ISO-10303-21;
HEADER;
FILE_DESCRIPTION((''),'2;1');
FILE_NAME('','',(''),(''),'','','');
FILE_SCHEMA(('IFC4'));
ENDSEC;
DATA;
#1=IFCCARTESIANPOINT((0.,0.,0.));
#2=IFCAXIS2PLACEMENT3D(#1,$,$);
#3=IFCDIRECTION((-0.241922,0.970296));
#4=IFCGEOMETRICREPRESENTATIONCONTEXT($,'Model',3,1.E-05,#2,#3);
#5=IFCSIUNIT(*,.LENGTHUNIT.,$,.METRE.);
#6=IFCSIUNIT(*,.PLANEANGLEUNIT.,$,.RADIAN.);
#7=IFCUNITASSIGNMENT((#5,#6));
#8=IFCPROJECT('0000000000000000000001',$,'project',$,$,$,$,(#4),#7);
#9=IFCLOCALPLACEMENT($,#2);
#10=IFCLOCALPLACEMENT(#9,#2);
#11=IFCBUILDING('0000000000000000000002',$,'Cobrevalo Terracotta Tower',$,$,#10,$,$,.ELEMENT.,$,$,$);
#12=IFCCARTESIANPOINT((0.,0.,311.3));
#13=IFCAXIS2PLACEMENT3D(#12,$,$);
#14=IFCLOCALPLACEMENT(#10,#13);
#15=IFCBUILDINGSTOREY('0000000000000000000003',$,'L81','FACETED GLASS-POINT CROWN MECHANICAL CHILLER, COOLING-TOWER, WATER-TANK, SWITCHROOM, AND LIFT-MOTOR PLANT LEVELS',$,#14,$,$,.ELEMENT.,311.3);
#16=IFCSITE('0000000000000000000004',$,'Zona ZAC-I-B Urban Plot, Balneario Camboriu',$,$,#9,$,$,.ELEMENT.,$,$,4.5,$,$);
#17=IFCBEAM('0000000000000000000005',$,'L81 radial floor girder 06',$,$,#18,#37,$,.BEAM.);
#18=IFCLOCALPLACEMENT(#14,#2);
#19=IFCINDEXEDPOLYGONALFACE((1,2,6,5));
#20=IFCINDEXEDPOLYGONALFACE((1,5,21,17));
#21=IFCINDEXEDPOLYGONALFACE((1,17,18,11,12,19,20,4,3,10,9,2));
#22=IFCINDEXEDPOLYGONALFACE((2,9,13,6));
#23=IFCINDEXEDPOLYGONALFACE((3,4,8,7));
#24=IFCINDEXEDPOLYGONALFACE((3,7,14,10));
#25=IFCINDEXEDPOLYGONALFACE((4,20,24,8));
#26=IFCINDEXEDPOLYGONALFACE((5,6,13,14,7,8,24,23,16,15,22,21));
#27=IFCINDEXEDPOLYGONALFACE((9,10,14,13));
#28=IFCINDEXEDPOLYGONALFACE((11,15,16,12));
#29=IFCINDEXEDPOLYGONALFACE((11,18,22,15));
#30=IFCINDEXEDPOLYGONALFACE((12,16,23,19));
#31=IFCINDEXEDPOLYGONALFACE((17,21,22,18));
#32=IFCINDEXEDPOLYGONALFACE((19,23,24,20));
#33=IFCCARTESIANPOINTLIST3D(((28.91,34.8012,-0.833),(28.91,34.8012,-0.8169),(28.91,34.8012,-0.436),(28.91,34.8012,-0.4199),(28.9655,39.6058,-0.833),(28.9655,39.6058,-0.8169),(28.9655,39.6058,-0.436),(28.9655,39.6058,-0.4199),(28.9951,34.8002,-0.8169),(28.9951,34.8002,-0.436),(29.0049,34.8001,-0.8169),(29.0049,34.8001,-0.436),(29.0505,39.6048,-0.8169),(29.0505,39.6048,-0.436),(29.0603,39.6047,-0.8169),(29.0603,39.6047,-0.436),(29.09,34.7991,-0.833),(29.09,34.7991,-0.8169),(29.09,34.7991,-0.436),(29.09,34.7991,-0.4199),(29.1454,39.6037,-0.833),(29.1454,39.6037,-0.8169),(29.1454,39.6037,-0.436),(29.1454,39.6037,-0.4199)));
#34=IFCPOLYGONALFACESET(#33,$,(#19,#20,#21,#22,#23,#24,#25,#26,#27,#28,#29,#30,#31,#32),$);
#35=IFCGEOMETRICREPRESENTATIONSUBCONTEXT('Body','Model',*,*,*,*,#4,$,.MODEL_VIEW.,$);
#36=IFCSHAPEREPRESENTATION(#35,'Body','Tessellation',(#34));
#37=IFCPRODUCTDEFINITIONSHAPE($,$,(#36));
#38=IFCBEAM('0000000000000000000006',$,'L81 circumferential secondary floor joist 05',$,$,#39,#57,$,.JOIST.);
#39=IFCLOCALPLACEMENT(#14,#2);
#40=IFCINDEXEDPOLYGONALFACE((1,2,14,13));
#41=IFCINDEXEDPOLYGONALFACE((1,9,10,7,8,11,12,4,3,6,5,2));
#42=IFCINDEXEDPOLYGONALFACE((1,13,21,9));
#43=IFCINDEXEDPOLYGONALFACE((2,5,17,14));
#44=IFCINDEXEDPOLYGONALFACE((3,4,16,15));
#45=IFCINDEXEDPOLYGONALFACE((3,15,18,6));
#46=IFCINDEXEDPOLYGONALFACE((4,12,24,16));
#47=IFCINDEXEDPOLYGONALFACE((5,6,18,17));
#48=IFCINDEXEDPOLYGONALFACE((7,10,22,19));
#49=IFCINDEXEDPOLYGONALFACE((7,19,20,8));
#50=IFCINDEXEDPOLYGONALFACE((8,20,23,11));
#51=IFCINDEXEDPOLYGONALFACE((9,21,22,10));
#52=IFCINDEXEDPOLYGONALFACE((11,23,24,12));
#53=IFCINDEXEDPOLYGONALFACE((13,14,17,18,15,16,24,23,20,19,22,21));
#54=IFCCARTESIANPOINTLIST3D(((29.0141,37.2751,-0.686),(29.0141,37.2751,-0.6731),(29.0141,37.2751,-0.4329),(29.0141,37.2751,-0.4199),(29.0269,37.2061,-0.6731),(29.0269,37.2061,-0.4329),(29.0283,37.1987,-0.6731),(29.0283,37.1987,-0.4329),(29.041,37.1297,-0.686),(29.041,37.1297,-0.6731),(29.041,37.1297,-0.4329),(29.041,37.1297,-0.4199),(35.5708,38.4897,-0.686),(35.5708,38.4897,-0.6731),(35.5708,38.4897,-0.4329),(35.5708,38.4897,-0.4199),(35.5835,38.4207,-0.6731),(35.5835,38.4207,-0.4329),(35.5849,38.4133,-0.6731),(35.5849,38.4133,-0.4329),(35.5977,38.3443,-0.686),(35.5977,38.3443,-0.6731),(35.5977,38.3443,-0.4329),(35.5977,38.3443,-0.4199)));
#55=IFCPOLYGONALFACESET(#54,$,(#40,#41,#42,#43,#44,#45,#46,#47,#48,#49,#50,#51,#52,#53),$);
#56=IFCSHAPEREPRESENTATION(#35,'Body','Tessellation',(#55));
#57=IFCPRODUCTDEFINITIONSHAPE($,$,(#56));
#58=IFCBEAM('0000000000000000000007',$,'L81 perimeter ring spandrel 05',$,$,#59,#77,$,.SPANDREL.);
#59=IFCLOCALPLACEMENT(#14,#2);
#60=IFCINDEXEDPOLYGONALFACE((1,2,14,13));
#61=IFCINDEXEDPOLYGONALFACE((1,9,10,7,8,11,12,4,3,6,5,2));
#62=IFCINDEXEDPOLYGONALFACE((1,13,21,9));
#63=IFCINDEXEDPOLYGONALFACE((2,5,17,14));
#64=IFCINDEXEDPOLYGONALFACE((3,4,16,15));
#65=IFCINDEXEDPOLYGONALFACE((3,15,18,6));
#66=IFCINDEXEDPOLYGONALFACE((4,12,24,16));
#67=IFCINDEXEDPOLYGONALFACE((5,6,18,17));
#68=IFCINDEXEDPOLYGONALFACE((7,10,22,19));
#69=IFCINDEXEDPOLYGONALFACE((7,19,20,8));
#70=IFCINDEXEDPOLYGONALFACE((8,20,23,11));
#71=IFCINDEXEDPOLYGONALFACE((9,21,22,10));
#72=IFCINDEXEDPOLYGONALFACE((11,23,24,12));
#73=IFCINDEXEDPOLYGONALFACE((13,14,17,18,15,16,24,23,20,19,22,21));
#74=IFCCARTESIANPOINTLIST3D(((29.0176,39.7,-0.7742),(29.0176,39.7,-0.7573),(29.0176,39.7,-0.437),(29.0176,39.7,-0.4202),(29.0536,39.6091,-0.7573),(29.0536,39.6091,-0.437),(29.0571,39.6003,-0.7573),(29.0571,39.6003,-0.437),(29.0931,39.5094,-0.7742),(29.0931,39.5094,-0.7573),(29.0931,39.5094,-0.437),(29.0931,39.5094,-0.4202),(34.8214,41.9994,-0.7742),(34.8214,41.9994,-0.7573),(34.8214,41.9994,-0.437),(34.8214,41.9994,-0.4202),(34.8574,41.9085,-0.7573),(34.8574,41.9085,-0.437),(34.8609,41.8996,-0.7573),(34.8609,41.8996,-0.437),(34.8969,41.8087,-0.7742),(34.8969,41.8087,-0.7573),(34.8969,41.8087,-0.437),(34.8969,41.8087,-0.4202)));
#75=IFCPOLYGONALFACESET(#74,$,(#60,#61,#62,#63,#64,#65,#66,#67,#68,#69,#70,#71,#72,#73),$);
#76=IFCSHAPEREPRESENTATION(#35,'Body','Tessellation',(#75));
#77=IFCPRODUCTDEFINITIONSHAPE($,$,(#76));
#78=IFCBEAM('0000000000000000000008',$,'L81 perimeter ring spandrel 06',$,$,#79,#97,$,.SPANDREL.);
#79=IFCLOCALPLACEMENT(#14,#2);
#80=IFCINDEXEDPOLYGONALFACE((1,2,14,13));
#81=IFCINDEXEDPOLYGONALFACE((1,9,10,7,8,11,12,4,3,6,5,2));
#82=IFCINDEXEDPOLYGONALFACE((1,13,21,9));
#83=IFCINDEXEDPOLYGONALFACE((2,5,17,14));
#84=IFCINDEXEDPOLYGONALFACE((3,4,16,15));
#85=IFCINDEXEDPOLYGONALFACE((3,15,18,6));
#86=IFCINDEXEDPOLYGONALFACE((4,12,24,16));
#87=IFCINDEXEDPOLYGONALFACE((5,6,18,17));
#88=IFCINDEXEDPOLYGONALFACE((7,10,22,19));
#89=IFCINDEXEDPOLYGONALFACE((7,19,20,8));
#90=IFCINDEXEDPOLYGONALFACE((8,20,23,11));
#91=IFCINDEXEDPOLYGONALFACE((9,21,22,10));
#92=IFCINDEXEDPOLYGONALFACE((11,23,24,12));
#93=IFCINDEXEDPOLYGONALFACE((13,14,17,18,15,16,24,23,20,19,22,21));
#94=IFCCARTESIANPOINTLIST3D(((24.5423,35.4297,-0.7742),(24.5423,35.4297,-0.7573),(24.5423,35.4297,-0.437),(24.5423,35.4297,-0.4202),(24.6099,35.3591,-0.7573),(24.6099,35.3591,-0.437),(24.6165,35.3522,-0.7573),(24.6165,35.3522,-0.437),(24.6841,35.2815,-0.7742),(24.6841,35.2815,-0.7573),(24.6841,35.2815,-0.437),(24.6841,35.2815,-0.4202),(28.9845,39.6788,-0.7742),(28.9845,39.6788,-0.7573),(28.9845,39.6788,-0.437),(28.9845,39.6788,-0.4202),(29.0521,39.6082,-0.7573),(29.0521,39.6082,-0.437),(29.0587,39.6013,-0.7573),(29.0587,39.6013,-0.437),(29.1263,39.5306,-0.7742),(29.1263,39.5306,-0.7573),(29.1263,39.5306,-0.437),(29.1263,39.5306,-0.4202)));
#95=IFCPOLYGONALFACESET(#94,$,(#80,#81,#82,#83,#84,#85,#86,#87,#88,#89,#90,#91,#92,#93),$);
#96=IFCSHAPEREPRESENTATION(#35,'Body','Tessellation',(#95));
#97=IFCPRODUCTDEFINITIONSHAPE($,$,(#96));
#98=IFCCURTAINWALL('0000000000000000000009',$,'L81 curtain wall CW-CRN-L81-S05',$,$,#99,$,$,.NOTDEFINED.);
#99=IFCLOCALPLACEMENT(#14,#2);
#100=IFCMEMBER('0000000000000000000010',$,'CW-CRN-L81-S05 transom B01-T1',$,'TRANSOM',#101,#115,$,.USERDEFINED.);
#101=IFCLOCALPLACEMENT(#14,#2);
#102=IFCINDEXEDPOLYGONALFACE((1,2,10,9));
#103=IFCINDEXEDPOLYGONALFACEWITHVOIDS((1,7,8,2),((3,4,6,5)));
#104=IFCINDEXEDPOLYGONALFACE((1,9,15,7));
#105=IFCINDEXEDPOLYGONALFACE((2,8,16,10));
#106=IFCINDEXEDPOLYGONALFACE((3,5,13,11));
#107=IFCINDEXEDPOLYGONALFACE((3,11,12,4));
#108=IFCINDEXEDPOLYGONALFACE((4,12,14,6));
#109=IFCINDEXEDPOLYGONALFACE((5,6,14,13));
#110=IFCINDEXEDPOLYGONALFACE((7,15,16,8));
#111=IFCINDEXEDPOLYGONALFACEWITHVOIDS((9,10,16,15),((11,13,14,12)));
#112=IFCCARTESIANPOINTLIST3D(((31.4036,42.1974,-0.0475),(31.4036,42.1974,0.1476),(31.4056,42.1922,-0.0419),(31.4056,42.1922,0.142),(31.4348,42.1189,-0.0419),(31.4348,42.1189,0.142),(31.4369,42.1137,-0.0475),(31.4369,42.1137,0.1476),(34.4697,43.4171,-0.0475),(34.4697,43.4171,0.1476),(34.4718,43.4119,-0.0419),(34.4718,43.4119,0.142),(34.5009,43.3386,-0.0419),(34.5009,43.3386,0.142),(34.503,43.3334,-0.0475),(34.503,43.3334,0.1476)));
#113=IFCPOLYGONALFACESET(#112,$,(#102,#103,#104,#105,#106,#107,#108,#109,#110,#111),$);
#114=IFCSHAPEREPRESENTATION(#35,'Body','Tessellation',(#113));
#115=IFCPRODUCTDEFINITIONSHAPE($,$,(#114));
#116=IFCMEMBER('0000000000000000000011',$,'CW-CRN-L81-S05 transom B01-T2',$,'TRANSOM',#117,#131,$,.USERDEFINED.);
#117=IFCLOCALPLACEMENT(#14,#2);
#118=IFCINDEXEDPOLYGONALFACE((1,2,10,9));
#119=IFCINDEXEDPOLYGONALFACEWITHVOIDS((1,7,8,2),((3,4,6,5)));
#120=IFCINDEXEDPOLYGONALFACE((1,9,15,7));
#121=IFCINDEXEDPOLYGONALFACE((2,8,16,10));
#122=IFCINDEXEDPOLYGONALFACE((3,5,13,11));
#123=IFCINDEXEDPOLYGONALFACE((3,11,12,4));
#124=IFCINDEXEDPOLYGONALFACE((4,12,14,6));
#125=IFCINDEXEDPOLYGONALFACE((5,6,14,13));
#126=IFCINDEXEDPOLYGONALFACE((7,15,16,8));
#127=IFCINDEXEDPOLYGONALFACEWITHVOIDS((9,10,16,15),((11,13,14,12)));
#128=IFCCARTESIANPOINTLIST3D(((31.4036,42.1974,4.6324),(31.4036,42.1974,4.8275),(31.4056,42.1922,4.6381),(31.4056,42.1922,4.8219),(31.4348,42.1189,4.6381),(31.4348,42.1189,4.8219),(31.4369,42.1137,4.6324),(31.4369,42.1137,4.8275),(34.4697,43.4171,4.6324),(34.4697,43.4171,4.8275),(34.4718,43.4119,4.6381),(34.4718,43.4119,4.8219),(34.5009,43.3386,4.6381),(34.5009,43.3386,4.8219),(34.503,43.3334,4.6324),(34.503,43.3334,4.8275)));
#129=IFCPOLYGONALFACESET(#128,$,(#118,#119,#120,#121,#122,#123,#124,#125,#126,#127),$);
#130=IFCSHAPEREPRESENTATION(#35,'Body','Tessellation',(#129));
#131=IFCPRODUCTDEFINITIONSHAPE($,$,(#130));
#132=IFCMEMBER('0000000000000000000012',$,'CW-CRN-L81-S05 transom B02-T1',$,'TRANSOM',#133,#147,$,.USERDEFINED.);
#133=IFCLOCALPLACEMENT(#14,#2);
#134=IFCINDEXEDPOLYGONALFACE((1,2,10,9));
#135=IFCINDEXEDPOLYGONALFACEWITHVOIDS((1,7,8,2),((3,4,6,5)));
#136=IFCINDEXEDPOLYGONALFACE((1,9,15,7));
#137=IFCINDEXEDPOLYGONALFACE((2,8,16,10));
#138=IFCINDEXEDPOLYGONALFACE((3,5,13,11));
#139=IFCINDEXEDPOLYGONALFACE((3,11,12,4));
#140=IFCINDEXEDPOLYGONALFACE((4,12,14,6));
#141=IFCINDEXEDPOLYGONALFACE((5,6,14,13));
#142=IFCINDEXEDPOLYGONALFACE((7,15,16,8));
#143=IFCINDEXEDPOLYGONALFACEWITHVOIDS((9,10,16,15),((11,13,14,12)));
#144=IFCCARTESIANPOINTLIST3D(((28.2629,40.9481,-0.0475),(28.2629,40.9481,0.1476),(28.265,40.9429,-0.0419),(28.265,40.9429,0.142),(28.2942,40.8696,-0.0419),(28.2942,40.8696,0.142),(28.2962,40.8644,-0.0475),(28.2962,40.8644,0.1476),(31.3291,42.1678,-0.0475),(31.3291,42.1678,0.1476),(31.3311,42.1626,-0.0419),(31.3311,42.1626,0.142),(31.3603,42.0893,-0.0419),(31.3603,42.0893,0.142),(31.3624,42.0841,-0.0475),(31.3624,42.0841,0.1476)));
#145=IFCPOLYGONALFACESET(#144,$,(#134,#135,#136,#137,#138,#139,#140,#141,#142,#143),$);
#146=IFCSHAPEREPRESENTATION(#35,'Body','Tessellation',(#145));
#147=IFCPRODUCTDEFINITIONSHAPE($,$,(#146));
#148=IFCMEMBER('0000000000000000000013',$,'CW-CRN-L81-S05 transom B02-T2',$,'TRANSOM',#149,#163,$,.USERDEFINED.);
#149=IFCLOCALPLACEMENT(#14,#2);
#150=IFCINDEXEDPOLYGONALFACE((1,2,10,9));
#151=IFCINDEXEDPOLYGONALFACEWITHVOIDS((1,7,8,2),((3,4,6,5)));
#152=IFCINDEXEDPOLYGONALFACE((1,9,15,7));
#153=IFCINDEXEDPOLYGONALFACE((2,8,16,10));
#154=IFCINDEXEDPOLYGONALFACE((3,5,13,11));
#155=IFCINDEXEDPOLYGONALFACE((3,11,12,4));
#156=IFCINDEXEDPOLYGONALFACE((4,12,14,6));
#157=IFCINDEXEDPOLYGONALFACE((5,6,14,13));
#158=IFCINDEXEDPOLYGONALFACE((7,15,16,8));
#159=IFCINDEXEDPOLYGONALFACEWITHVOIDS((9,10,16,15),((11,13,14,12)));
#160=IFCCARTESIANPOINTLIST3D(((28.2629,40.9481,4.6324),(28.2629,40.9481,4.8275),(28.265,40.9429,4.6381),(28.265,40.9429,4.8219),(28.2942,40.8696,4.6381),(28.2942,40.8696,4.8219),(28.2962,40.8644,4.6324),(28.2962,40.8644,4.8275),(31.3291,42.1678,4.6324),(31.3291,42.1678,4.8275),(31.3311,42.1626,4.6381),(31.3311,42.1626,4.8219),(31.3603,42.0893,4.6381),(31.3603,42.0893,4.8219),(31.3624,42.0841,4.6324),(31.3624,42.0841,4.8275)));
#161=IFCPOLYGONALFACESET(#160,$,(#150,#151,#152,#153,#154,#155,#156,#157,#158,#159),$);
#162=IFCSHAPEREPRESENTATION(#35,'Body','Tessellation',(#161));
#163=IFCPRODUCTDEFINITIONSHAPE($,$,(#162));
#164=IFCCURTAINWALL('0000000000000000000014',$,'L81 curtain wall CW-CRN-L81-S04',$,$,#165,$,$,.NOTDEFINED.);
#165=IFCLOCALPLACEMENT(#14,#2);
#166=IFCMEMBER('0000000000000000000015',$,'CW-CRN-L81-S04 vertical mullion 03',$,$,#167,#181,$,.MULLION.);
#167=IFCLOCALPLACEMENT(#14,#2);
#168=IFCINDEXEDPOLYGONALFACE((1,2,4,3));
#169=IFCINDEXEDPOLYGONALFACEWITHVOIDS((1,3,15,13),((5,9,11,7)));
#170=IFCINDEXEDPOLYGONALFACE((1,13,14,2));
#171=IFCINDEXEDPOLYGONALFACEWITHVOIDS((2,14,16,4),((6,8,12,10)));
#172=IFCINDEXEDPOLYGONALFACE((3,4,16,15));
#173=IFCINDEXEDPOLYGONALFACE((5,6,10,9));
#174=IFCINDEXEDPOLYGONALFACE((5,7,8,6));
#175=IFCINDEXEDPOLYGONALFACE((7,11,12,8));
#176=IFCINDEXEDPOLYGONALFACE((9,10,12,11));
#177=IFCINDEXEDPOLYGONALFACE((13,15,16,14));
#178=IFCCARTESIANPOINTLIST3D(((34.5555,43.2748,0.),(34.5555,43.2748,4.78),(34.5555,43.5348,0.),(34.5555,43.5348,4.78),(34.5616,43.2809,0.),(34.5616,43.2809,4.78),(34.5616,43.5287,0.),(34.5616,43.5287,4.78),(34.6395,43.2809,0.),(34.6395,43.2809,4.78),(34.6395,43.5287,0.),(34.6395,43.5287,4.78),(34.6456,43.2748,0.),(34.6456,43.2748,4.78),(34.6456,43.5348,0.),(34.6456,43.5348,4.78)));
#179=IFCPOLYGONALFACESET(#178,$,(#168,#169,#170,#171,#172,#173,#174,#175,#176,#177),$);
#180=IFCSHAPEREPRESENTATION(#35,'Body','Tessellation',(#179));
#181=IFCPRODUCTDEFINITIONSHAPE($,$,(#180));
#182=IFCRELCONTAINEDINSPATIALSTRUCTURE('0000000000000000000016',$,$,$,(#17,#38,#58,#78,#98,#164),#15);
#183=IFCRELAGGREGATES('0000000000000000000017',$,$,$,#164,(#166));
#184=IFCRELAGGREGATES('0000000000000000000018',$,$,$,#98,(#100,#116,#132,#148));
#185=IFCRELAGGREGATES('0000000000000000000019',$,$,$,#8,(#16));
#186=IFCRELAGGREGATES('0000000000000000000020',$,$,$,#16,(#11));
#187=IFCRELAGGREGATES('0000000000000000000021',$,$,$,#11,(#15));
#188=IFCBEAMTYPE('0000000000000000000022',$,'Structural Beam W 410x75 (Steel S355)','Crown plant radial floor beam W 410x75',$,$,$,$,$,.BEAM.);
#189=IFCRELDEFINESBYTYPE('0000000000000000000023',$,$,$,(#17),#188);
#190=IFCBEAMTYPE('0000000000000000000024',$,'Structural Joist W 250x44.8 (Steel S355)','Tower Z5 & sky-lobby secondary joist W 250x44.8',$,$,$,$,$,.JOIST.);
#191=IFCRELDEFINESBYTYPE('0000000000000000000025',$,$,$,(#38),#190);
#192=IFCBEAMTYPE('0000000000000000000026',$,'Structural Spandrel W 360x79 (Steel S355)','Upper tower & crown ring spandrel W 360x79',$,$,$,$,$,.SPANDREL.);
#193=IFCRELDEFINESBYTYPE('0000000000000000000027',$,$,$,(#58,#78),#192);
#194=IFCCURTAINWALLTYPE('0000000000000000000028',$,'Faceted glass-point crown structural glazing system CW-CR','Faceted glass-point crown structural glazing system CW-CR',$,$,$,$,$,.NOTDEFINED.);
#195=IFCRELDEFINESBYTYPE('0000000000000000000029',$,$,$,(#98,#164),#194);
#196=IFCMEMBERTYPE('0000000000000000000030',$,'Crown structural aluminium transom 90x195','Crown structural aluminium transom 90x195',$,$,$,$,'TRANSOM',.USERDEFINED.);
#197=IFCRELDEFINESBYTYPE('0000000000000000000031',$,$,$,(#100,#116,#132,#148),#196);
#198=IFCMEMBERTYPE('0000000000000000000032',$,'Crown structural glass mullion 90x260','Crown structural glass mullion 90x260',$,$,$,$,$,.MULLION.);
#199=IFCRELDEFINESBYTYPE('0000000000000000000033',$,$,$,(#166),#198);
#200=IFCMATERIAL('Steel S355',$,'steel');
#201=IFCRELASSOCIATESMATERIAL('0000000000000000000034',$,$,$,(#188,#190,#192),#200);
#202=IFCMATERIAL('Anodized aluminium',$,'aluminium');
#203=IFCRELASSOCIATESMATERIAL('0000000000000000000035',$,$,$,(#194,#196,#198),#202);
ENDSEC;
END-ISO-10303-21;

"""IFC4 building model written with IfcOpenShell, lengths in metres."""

from ifc_helpers import new_model, si_unit, direction, frame, origin, origin_2d, place, context, subcontext, project, spatial, hollow_rectangle, i_section, extrude, source, transform, mapped, material, material_profile, profile_set, type_object, element, aggregate, save


model = new_model("IFC4")

# Units and contexts
model_context = context("Model", 3, precision=1e-05, world=origin(), true_north=direction((-0.241922, 0.970296)))
body_context = subcontext(model_context, "Body", "Model", "MODEL_VIEW")
ifc_project = project(units=[si_unit("LENGTHUNIT", "METRE"), si_unit("PLANEANGLEUNIT", "RADIAN")], contexts=[model_context])

# Site, building, storey
site_placement = place(None, origin())
site = spatial("IfcSite", under=ifc_project, at=site_placement, Name="Zona ZAC-I-B Urban Plot, Balneario Camboriu", CompositionType="ELEMENT", RefElevation=4.5)
building_placement = place(site_placement, origin())
building = spatial("IfcBuilding", under=site, at=building_placement, Name="Cobrevalo Terracotta Tower", CompositionType="ELEMENT")
storey_placement = place(building_placement, frame((0.0, 0.0, 311.3)))
storey = spatial("IfcBuildingStorey", under=building, at=storey_placement, Name="L81", Description="FACETED GLASS-POINT CROWN MECHANICAL CHILLER, COOLING-TOWER, WATER-TANK, SWITCHROOM, AND LIFT-MOTOR PLANT LEVELS", CompositionType="ELEMENT", Elevation=311.3)

# Shared definitions
ifc_material_1 = material(Name="Steel S355", Category="steel")

# Beams
ifc_material_profile_1 = material_profile(ifc_material_1, i_section(OverallWidth=0.1799, OverallDepth=0.4131, WebThickness=0.0098, FlangeThickness=0.0161, at=origin_2d()), Name="W 410x75")
ifc_profile_set_1 = profile_set([ifc_material_profile_1], Name="Steel S355")
beam_type_1 = type_object("IfcBeamType", Name="Structural Beam W 410x75 (Steel S355)", Description="Crown plant radial floor beam W 410x75", PredefinedType="BEAM", material=ifc_profile_set_1)
beam_1_placement = place(storey_placement, frame((29.0554, 39.6047, -0.6265), z_axis=(-0.011534, -0.999933, 0.0), x_axis=(0.999933, -0.011534, 0.0)))
element("IfcBeam", 1, at=beam_1_placement, inside=storey, type_object=beam_type_1, Name="L81 radial floor girder 06", PredefinedType="BEAM", context=body_context, shape_type="SweptSolid", body=[
    extrude(i_section(OverallWidth=0.1799, OverallDepth=0.4131, WebThickness=0.0098, FlangeThickness=0.0161, at=origin_2d()), origin(), (0.0, 0.0, 1.0), 4.8049),
])
ifc_material_profile_2 = material_profile(ifc_material_1, i_section(OverallWidth=0.1479, OverallDepth=0.2661, WebThickness=0.0076, FlangeThickness=0.0129, at=origin_2d()), Name="W 250x44.8")
ifc_profile_set_2 = profile_set([ifc_material_profile_2], Name="Steel S355")
beam_type_2 = type_object("IfcBeamType", Name="Structural Joist W 250x44.8 (Steel S355)", Description="Tower Z5 & sky-lobby secondary joist W 250x44.8", PredefinedType="JOIST", material=ifc_profile_set_2)
beam_2_placement = place(storey_placement, frame((35.5842, 38.417, -0.553), z_axis=(-0.983271, -0.182148, 0.0), x_axis=(0.182148, -0.983271, 0.0)))
element("IfcBeam", 2, at=beam_2_placement, inside=storey, type_object=beam_type_2, Name="L81 circumferential secondary floor joist 05", PredefinedType="JOIST", context=body_context, shape_type="SweptSolid", body=[
    extrude(i_section(OverallWidth=0.1479, OverallDepth=0.2661, WebThickness=0.0076, FlangeThickness=0.0129, at=origin_2d()), origin(), (0.0, 0.0, 1.0), 6.6682),
])
ifc_material_profile_3 = material_profile(ifc_material_1, i_section(OverallWidth=0.2051, OverallDepth=0.354, WebThickness=0.0095, FlangeThickness=0.0168, at=origin_2d()), Name="W 360x79")
ifc_profile_set_3 = profile_set([ifc_material_profile_3], Name="Steel S355")
beam_type_3 = type_object("IfcBeamType", Name="Structural Spandrel W 360x79 (Steel S355)", Description="Upper tower & crown ring spandrel W 360x79", PredefinedType="SPANDREL", material=ifc_profile_set_3)
beam_3_placement = place(storey_placement, frame((34.8591, 41.9041, -0.5972), z_axis=(-0.929696, -0.368327, 0.0), x_axis=(0.368327, -0.929696, 0.0)))
element("IfcBeam", 3, at=beam_3_placement, inside=storey, type_object=beam_type_3, Name="L81 perimeter ring spandrel 05", PredefinedType="SPANDREL", context=body_context, shape_type="SweptSolid", body=[
    extrude(i_section(OverallWidth=0.2051, OverallDepth=0.354, WebThickness=0.0095, FlangeThickness=0.0168, at=origin_2d()), origin(), (0.0, 0.0, 1.0), 6.2427),
])
beam_4_placement = place(storey_placement, frame((29.0554, 39.6047, -0.5972), z_axis=(-0.72264, -0.691224, 0.0), x_axis=(0.691224, -0.72264, 0.0)))
element("IfcBeam", 4, at=beam_4_placement, inside=storey, type_object=beam_type_3, Name="L81 perimeter ring spandrel 06", PredefinedType="SPANDREL", context=body_context, shape_type="SweptSolid", body=[
    extrude(i_section(OverallWidth=0.2051, OverallDepth=0.354, WebThickness=0.0095, FlangeThickness=0.0168, at=origin_2d()), origin(), (0.0, 0.0, 1.0), 6.1472),
])

# Curtain wall, members
ifc_material_2 = material(Name="Anodized aluminium", Category="aluminium")
curtain_wall_type = type_object("IfcCurtainWallType", Name="Faceted glass-point crown structural glazing system CW-CR", Description="Faceted glass-point crown structural glazing system CW-CR", PredefinedType="NOTDEFINED", material=ifc_material_2)
curtain_wall_1_placement = place(storey_placement, origin())
curtain_wall_1 = element("IfcCurtainWall", 5, at=curtain_wall_1_placement, inside=storey, type_object=curtain_wall_type, Name="L81 curtain wall CW-CRN-L81-S05", PredefinedType="NOTDEFINED")
ifc_material_profile_4 = material_profile(ifc_material_2, hollow_rectangle(XDim=0.0901, YDim=0.1951, WallThickness=0.0056, at=origin_2d()), Name="CWT 90x195")
ifc_profile_set_4 = profile_set([ifc_material_profile_4], Name="Anodized aluminium")
member_type_1 = type_object("IfcMemberType", Name="Crown structural aluminium transom 90x195", Description="Crown structural aluminium transom 90x195", ElementType="TRANSOM", PredefinedType="USERDEFINED", material=ifc_profile_set_4)
shared_shape_1 = source(origin(), body_context, "Body", "SweptSolid", [
    extrude(hollow_rectangle(XDim=0.0901, YDim=0.1951, WallThickness=0.0056, at=origin_2d()), origin(), (0.0, 0.0, 1.0), 3.2998),
])
member_1_placement = place(storey_placement, frame((34.4863, 43.3752, 0.05), z_axis=(-0.929179, -0.36963, 0.0), x_axis=(0.36963, -0.929179, 0.0)))
member_1 = element("IfcMember", 6, at=member_1_placement, type_object=member_type_1, Name="CW-CRN-L81-S05 transom B01-T1", ObjectType="TRANSOM", PredefinedType="USERDEFINED", context=body_context, shape_type="MappedRepresentation", body=[
    mapped(shared_shape_1, transform((0.0, 0.0, 0.0), scale=1.0)),
])
member_2_placement = place(storey_placement, frame((34.4863, 43.3752, 4.73), z_axis=(-0.929179, -0.36963, 0.0), x_axis=(0.36963, -0.929179, 0.0)))
member_2 = element("IfcMember", 7, at=member_2_placement, type_object=member_type_1, Name="CW-CRN-L81-S05 transom B01-T2", ObjectType="TRANSOM", PredefinedType="USERDEFINED", context=body_context, shape_type="MappedRepresentation", body=[
    mapped(shared_shape_1, transform((0.0, 0.0, 0.0), scale=1.0)),
])
member_3_placement = place(storey_placement, frame((31.3457, 42.126, 0.05), z_axis=(-0.929179, -0.36963, 0.0), x_axis=(0.36963, -0.929179, 0.0)))
member_3 = element("IfcMember", 8, at=member_3_placement, type_object=member_type_1, Name="CW-CRN-L81-S05 transom B02-T1", ObjectType="TRANSOM", PredefinedType="USERDEFINED", context=body_context, shape_type="MappedRepresentation", body=[
    mapped(shared_shape_1, transform((0.0, 0.0, 0.0), scale=1.0)),
])
member_4_placement = place(storey_placement, frame((31.3457, 42.126, 4.73), z_axis=(-0.929179, -0.36963, 0.0), x_axis=(0.36963, -0.929179, 0.0)))
member_4 = element("IfcMember", 9, at=member_4_placement, type_object=member_type_1, Name="CW-CRN-L81-S05 transom B02-T2", ObjectType="TRANSOM", PredefinedType="USERDEFINED", context=body_context, shape_type="MappedRepresentation", body=[
    mapped(shared_shape_1, transform((0.0, 0.0, 0.0), scale=1.0)),
])

# Curtain wall, member
curtain_wall_2_placement = place(storey_placement, origin())
curtain_wall_2 = element("IfcCurtainWall", 10, at=curtain_wall_2_placement, inside=storey, type_object=curtain_wall_type, Name="L81 curtain wall CW-CRN-L81-S04", PredefinedType="NOTDEFINED")
ifc_material_profile_5 = material_profile(ifc_material_2, hollow_rectangle(XDim=0.0901, YDim=0.26, WallThickness=0.0061, at=origin_2d()), Name="CWM 90x260")
ifc_profile_set_5 = profile_set([ifc_material_profile_5], Name="Anodized aluminium")
member_type_2 = type_object("IfcMemberType", Name="Crown structural glass mullion 90x260", Description="Crown structural glass mullion 90x260", PredefinedType="MULLION", material=ifc_profile_set_5)
shared_shape_2 = source(origin(), body_context, "Body", "SweptSolid", [
    extrude(hollow_rectangle(XDim=0.0901, YDim=0.26, WallThickness=0.0061, at=origin_2d()), origin(), (0.0, 0.0, 1.0), 4.78),
])
member_5_placement = place(storey_placement, frame((34.6006, 43.4048, 0.0), z_axis=(0.0, 0.0, 1.0), x_axis=(-1.0, 0.0, 0.0)))
member_5 = element("IfcMember", 11, at=member_5_placement, type_object=member_type_2, Name="CW-CRN-L81-S04 vertical mullion 03", PredefinedType="MULLION", context=body_context, shape_type="MappedRepresentation", body=[
    mapped(shared_shape_2, transform((0.0, 0.0, 0.0), scale=1.0)),
])
aggregate(curtain_wall_2, [member_5])

aggregate(curtain_wall_1, [member_1, member_2, member_3, member_4])

save(model, "model.ifc")
